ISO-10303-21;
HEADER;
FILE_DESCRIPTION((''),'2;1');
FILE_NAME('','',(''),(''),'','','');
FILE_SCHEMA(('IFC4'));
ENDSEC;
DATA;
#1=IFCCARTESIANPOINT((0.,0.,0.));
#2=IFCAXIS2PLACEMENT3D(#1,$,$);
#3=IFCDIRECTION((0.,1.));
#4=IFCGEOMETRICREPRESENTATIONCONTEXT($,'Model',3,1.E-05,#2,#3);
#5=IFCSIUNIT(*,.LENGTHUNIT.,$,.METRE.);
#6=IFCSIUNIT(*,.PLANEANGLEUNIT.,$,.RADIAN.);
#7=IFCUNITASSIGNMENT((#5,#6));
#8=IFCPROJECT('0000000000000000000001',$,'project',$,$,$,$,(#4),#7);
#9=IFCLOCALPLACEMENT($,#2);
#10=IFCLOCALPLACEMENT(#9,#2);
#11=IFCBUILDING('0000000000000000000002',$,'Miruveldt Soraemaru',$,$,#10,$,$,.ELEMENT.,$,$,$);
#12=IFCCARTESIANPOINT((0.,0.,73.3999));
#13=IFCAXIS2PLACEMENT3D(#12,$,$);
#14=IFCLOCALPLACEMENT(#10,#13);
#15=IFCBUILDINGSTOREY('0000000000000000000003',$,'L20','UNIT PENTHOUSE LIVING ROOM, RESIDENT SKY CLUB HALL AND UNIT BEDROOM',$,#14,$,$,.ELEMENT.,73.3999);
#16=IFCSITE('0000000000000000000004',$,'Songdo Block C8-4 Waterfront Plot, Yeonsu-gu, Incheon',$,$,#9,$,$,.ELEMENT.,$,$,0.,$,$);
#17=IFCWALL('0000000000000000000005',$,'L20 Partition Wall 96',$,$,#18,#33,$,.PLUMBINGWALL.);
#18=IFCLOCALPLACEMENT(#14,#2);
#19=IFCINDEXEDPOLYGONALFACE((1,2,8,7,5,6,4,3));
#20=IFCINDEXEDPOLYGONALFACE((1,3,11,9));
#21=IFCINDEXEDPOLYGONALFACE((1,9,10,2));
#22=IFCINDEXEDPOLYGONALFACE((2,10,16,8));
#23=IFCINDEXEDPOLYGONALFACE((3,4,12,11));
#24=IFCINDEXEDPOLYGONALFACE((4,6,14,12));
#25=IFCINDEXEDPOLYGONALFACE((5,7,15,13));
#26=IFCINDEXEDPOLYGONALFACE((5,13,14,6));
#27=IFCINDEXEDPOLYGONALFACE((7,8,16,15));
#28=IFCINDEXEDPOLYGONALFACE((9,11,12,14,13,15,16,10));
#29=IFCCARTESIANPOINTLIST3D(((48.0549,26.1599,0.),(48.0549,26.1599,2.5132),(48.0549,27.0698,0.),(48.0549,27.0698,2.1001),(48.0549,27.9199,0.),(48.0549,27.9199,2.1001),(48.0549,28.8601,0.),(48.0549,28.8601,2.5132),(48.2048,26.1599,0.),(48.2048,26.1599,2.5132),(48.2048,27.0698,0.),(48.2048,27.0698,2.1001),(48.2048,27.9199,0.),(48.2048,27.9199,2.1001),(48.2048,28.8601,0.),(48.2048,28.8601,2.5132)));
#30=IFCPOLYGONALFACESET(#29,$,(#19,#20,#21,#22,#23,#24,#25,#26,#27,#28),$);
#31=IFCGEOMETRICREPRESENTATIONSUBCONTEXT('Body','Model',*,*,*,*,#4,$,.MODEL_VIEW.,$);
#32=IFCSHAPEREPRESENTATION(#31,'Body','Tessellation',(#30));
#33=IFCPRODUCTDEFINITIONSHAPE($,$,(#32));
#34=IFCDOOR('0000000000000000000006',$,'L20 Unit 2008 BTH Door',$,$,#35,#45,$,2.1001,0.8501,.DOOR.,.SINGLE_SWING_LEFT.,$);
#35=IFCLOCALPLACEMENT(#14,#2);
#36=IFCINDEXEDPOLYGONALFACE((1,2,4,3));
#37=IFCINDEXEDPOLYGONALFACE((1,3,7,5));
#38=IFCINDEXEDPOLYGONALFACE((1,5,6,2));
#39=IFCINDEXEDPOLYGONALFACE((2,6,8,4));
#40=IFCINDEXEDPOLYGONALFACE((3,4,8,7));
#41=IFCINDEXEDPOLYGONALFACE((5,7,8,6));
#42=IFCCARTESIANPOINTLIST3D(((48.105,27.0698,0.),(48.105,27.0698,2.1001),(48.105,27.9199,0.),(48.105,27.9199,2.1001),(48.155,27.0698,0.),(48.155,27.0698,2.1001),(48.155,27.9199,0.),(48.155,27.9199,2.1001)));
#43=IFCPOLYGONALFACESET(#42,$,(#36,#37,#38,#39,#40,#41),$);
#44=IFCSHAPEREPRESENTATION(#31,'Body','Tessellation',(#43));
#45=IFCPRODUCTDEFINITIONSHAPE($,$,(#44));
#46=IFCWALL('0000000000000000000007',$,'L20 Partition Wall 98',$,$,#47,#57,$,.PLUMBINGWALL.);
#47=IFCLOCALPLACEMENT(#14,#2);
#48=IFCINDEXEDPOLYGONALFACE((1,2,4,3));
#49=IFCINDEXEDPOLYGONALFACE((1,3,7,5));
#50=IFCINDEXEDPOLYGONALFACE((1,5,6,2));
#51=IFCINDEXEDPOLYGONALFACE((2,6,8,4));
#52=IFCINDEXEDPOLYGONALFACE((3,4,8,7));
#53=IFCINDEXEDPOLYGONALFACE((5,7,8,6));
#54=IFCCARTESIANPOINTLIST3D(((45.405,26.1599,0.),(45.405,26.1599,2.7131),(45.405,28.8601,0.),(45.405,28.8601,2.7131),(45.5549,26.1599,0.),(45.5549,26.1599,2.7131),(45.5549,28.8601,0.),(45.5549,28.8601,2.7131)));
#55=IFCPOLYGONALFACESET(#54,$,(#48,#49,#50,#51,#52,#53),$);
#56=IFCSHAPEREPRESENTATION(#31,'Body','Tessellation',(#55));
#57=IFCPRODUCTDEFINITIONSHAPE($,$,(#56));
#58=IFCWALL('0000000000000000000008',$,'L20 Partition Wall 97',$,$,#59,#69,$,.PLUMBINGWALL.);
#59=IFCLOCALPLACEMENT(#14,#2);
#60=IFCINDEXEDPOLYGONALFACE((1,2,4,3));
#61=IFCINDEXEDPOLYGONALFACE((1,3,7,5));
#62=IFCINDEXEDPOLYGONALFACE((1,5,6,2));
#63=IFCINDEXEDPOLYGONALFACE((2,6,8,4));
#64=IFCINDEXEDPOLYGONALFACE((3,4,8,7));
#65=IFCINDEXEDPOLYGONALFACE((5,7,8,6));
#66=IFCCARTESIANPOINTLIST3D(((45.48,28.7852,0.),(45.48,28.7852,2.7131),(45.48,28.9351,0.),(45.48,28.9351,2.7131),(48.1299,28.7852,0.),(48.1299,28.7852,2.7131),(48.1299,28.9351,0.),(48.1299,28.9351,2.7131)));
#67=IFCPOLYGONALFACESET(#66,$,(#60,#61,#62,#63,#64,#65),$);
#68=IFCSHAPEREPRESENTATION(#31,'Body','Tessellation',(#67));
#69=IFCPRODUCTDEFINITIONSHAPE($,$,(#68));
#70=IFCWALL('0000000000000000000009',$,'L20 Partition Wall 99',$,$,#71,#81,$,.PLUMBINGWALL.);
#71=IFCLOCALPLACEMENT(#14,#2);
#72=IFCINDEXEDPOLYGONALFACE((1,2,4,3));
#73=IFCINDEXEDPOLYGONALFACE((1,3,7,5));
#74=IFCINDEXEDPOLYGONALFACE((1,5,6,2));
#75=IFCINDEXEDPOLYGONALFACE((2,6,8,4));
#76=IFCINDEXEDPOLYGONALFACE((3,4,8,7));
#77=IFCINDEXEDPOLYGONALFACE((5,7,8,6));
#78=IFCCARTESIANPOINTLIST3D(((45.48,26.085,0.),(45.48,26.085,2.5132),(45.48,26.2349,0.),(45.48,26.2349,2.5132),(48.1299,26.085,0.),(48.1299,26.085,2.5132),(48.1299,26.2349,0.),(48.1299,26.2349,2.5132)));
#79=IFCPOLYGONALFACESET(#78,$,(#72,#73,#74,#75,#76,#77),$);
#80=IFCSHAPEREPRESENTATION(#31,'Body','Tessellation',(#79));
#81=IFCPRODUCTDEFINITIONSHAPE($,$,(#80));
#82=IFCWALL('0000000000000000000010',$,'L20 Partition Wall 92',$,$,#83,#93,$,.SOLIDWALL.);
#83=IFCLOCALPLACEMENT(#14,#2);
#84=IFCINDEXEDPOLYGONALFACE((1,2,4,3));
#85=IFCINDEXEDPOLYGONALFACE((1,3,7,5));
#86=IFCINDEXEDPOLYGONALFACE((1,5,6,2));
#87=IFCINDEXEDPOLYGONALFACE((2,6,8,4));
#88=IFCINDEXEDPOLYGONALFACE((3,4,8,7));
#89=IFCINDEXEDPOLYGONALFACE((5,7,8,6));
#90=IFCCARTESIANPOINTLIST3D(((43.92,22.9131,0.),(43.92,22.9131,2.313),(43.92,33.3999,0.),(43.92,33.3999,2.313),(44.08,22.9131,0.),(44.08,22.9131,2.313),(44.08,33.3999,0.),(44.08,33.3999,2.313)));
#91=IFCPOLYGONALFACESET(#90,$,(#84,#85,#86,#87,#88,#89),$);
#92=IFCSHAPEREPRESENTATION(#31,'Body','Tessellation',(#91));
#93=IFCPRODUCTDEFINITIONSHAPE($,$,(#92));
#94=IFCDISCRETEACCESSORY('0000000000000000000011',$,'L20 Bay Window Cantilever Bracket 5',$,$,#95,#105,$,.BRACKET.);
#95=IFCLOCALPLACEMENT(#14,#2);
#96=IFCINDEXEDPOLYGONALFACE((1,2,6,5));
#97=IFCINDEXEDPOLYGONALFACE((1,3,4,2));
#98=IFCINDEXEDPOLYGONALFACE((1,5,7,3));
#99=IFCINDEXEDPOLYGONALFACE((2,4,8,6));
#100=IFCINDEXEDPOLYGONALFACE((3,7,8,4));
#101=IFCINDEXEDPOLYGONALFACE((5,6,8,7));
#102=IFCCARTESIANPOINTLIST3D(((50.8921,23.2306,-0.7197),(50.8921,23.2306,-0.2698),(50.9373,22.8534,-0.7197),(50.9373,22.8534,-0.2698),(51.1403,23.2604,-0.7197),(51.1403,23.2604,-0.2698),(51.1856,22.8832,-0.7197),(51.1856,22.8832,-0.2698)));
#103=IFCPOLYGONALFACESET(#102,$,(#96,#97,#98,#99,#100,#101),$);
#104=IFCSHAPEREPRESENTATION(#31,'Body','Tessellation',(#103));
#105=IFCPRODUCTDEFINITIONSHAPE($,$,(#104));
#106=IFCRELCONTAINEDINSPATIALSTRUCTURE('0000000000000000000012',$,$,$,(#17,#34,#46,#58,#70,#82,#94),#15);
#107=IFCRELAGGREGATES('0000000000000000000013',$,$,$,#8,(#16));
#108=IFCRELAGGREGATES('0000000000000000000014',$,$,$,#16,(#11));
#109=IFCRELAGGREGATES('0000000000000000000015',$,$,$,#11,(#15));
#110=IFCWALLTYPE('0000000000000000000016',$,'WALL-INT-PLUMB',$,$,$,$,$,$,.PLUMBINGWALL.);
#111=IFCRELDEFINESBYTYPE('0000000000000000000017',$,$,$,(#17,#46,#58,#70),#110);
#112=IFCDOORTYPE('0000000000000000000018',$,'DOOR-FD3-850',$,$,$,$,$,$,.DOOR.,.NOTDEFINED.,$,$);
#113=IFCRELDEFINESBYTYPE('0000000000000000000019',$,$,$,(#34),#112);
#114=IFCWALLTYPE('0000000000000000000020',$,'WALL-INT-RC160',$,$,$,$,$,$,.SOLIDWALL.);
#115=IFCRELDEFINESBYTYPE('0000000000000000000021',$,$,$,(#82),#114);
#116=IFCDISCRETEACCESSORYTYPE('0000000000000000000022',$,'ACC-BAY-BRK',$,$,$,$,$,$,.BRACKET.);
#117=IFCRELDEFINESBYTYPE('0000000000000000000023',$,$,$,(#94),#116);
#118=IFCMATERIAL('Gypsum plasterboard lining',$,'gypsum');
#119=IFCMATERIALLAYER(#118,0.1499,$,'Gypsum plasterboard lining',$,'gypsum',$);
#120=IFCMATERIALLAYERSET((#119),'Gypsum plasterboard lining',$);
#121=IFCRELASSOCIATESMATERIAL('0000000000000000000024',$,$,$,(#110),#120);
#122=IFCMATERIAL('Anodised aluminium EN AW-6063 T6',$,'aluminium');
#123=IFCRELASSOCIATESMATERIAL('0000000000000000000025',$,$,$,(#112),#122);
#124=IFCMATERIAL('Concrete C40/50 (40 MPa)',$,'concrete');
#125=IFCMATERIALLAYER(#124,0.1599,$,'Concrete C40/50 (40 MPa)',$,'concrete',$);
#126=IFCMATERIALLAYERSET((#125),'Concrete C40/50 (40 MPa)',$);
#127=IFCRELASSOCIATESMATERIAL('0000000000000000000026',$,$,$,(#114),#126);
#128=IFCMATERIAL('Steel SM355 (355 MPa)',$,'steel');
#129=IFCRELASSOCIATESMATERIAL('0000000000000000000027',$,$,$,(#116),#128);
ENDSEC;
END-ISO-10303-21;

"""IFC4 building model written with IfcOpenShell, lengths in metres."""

from ifc_helpers import new_model, si_unit, direction, frame, frame_2d, origin, origin_2d, place, context, subcontext, project, spatial, rectangle, extrude, material, layer, layer_set, type_object, element, fill, save


model = new_model("IFC4")

# Units and contexts
model_context = context("Model", 3, precision=1e-05, world=origin(), true_north=direction((0.0, 1.0)))
body_context = subcontext(model_context, "Body", "Model", "MODEL_VIEW")
ifc_project = project(units=[si_unit("LENGTHUNIT", "METRE"), si_unit("PLANEANGLEUNIT", "RADIAN")], contexts=[model_context])

# Site, building, storey
site_placement = place(None, origin())
site = spatial("IfcSite", under=ifc_project, at=site_placement, Name="Songdo Block C8-4 Waterfront Plot, Yeonsu-gu, Incheon", CompositionType="ELEMENT", RefElevation=0.0)
building_placement = place(site_placement, origin())
building = spatial("IfcBuilding", under=site, at=building_placement, Name="Miruveldt Soraemaru", CompositionType="ELEMENT")
storey_placement = place(building_placement, frame((0.0, 0.0, 73.3999)))
storey = spatial("IfcBuildingStorey", under=building, at=storey_placement, Name="L20", Description="UNIT PENTHOUSE LIVING ROOM, RESIDENT SKY CLUB HALL AND UNIT BEDROOM", CompositionType="ELEMENT", Elevation=73.3999)

# Shared definitions
ifc_material_1 = material(Name="Steel SM355 (355 MPa)", Category="steel")

# Wall, opening, door
ifc_material_2 = material(Name="Gypsum plasterboard lining", Category="gypsum")
ifc_layer_1 = layer(ifc_material_2, 0.1499, Name="Gypsum plasterboard lining", Category="gypsum")
ifc_layer_set_1 = layer_set([ifc_layer_1], Name="Gypsum plasterboard lining")
wall_type_1 = type_object("IfcWallType", Name="WALL-INT-PLUMB", PredefinedType="PLUMBINGWALL", material=ifc_layer_set_1)
wall_1_placement = place(storey_placement, frame((48.1299, 26.1599, 0.0), z_axis=(0.0, 0.0, 1.0), x_axis=(0.0, 1.0, 0.0)))
wall_1 = element("IfcWall", 1, at=wall_1_placement, inside=storey, type_object=wall_type_1, Name="L20 Partition Wall 96", PredefinedType="PLUMBINGWALL", context=body_context, shape_type="SweptSolid", body=[
    extrude(rectangle(XDim=2.7002, YDim=0.1499, at=frame_2d((1.3501, 0.0))), origin(), (0.0, 0.0, 1.0), 2.5132),
])
opening_1_placement = place(wall_1_placement, frame((0.9099, 0.0, 0.0)))
opening_1 = element("IfcOpeningElement", 2, at=opening_1_placement, cuts=wall_1, PredefinedType="OPENING", context=body_context, shape_type="SweptSolid", body=[
    extrude(rectangle(XDim=0.8501, YDim=2.1001, at=frame_2d((0.425, 1.05))), frame((0.0, 0.085, 0.0), z_axis=(0.0, -1.0, 0.0), x_axis=(1.0, 0.0, 0.0)), (0.0, 0.0, 1.0), 0.1699),
])
ifc_material_3 = material(Name="Anodised aluminium EN AW-6063 T6", Category="aluminium")
door_type = type_object("IfcDoorType", Name="DOOR-FD3-850", OperationType="NOTDEFINED", PredefinedType="DOOR", material=ifc_material_3)
door_placement = place(opening_1_placement, origin())
door = element("IfcDoor", 3, at=door_placement, inside=storey, type_object=door_type, Name="L20 Unit 2008 BTH Door", OperationType="SINGLE_SWING_LEFT", OverallHeight=2.1001, OverallWidth=0.8501, PredefinedType="DOOR", context=body_context, shape_type="SweptSolid", body=[
    extrude(rectangle(XDim=0.8501, YDim=2.1001, at=frame_2d((0.425, 1.05))), frame((0.0, 0.0249, 0.0), z_axis=(0.0, -1.0, 0.0), x_axis=(1.0, 0.0, 0.0)), (0.0, 0.0, 1.0), 0.05),
])
fill(opening_1, door)

# Walls
wall_2_placement = place(storey_placement, frame((45.48, 28.8601, 0.0), z_axis=(0.0, 0.0, 1.0), x_axis=(0.0, -1.0, 0.0)))
element("IfcWall", 4, at=wall_2_placement, inside=storey, type_object=wall_type_1, Name="L20 Partition Wall 98", PredefinedType="PLUMBINGWALL", context=body_context, shape_type="SweptSolid", body=[
    extrude(rectangle(XDim=2.7002, YDim=0.1499, at=frame_2d((1.3501, 0.0))), origin(), (0.0, 0.0, 1.0), 2.7131),
])
wall_3_placement = place(storey_placement, frame((48.1299, 28.8601, 0.0), z_axis=(0.0, 0.0, 1.0), x_axis=(-1.0, 0.0, 0.0)))
element("IfcWall", 5, at=wall_3_placement, inside=storey, type_object=wall_type_1, Name="L20 Partition Wall 97", PredefinedType="PLUMBINGWALL", context=body_context, shape_type="SweptSolid", body=[
    extrude(rectangle(XDim=2.6499, YDim=0.1499, at=frame_2d((1.325, 0.0))), origin(), (0.0, 0.0, 1.0), 2.7131),
])
wall_4_placement = place(storey_placement, frame((45.48, 26.1599, 0.0), z_axis=(0.0, 0.0, 1.0), x_axis=(1.0, 0.0, 0.0)))
element("IfcWall", 6, at=wall_4_placement, inside=storey, type_object=wall_type_1, Name="L20 Partition Wall 99", PredefinedType="PLUMBINGWALL", context=body_context, shape_type="SweptSolid", body=[
    extrude(rectangle(XDim=2.6499, YDim=0.1499, at=frame_2d((1.325, 0.0))), origin(), (0.0, 0.0, 1.0), 2.5132),
])
ifc_material_4 = material(Name="Concrete C40/50 (40 MPa)", Category="concrete")
ifc_layer_2 = layer(ifc_material_4, 0.1599, Name="Concrete C40/50 (40 MPa)", Category="concrete")
ifc_layer_set_2 = layer_set([ifc_layer_2], Name="Concrete C40/50 (40 MPa)")
wall_type_2 = type_object("IfcWallType", Name="WALL-INT-RC160", PredefinedType="SOLIDWALL", material=ifc_layer_set_2)
wall_5_placement = place(storey_placement, frame((44.0, 22.9131, 0.0), z_axis=(0.0, 0.0, 1.0), x_axis=(0.0, 1.0, 0.0)))
element("IfcWall", 7, at=wall_5_placement, inside=storey, type_object=wall_type_2, Name="L20 Partition Wall 92", PredefinedType="SOLIDWALL", context=body_context, shape_type="SweptSolid", body=[
    extrude(rectangle(XDim=10.4868, YDim=0.1599, at=frame_2d((5.2434, 0.0))), origin(), (0.0, 0.0, 1.0), 2.313),
])

# Discrete accessory
discrete_accessory_type = type_object("IfcDiscreteAccessoryType", Name="ACC-BAY-BRK", PredefinedType="BRACKET", material=ifc_material_1)
discrete_accessory_placement = place(storey_placement, frame((51.0388, 23.0569, -0.7197), z_axis=(0.0, 0.0, 1.0), x_axis=(0.119149, -0.992876, 0.0)))
element("IfcDiscreteAccessory", 8, at=discrete_accessory_placement, inside=storey, type_object=discrete_accessory_type, Name="L20 Bay Window Cantilever Bracket 5", PredefinedType="BRACKET", context=body_context, shape_type="SweptSolid", body=[
    extrude(rectangle(XDim=0.3799, YDim=0.25, at=origin_2d()), origin(), (0.0, 0.0, 1.0), 0.45),
])

save(model, "model.ifc")
